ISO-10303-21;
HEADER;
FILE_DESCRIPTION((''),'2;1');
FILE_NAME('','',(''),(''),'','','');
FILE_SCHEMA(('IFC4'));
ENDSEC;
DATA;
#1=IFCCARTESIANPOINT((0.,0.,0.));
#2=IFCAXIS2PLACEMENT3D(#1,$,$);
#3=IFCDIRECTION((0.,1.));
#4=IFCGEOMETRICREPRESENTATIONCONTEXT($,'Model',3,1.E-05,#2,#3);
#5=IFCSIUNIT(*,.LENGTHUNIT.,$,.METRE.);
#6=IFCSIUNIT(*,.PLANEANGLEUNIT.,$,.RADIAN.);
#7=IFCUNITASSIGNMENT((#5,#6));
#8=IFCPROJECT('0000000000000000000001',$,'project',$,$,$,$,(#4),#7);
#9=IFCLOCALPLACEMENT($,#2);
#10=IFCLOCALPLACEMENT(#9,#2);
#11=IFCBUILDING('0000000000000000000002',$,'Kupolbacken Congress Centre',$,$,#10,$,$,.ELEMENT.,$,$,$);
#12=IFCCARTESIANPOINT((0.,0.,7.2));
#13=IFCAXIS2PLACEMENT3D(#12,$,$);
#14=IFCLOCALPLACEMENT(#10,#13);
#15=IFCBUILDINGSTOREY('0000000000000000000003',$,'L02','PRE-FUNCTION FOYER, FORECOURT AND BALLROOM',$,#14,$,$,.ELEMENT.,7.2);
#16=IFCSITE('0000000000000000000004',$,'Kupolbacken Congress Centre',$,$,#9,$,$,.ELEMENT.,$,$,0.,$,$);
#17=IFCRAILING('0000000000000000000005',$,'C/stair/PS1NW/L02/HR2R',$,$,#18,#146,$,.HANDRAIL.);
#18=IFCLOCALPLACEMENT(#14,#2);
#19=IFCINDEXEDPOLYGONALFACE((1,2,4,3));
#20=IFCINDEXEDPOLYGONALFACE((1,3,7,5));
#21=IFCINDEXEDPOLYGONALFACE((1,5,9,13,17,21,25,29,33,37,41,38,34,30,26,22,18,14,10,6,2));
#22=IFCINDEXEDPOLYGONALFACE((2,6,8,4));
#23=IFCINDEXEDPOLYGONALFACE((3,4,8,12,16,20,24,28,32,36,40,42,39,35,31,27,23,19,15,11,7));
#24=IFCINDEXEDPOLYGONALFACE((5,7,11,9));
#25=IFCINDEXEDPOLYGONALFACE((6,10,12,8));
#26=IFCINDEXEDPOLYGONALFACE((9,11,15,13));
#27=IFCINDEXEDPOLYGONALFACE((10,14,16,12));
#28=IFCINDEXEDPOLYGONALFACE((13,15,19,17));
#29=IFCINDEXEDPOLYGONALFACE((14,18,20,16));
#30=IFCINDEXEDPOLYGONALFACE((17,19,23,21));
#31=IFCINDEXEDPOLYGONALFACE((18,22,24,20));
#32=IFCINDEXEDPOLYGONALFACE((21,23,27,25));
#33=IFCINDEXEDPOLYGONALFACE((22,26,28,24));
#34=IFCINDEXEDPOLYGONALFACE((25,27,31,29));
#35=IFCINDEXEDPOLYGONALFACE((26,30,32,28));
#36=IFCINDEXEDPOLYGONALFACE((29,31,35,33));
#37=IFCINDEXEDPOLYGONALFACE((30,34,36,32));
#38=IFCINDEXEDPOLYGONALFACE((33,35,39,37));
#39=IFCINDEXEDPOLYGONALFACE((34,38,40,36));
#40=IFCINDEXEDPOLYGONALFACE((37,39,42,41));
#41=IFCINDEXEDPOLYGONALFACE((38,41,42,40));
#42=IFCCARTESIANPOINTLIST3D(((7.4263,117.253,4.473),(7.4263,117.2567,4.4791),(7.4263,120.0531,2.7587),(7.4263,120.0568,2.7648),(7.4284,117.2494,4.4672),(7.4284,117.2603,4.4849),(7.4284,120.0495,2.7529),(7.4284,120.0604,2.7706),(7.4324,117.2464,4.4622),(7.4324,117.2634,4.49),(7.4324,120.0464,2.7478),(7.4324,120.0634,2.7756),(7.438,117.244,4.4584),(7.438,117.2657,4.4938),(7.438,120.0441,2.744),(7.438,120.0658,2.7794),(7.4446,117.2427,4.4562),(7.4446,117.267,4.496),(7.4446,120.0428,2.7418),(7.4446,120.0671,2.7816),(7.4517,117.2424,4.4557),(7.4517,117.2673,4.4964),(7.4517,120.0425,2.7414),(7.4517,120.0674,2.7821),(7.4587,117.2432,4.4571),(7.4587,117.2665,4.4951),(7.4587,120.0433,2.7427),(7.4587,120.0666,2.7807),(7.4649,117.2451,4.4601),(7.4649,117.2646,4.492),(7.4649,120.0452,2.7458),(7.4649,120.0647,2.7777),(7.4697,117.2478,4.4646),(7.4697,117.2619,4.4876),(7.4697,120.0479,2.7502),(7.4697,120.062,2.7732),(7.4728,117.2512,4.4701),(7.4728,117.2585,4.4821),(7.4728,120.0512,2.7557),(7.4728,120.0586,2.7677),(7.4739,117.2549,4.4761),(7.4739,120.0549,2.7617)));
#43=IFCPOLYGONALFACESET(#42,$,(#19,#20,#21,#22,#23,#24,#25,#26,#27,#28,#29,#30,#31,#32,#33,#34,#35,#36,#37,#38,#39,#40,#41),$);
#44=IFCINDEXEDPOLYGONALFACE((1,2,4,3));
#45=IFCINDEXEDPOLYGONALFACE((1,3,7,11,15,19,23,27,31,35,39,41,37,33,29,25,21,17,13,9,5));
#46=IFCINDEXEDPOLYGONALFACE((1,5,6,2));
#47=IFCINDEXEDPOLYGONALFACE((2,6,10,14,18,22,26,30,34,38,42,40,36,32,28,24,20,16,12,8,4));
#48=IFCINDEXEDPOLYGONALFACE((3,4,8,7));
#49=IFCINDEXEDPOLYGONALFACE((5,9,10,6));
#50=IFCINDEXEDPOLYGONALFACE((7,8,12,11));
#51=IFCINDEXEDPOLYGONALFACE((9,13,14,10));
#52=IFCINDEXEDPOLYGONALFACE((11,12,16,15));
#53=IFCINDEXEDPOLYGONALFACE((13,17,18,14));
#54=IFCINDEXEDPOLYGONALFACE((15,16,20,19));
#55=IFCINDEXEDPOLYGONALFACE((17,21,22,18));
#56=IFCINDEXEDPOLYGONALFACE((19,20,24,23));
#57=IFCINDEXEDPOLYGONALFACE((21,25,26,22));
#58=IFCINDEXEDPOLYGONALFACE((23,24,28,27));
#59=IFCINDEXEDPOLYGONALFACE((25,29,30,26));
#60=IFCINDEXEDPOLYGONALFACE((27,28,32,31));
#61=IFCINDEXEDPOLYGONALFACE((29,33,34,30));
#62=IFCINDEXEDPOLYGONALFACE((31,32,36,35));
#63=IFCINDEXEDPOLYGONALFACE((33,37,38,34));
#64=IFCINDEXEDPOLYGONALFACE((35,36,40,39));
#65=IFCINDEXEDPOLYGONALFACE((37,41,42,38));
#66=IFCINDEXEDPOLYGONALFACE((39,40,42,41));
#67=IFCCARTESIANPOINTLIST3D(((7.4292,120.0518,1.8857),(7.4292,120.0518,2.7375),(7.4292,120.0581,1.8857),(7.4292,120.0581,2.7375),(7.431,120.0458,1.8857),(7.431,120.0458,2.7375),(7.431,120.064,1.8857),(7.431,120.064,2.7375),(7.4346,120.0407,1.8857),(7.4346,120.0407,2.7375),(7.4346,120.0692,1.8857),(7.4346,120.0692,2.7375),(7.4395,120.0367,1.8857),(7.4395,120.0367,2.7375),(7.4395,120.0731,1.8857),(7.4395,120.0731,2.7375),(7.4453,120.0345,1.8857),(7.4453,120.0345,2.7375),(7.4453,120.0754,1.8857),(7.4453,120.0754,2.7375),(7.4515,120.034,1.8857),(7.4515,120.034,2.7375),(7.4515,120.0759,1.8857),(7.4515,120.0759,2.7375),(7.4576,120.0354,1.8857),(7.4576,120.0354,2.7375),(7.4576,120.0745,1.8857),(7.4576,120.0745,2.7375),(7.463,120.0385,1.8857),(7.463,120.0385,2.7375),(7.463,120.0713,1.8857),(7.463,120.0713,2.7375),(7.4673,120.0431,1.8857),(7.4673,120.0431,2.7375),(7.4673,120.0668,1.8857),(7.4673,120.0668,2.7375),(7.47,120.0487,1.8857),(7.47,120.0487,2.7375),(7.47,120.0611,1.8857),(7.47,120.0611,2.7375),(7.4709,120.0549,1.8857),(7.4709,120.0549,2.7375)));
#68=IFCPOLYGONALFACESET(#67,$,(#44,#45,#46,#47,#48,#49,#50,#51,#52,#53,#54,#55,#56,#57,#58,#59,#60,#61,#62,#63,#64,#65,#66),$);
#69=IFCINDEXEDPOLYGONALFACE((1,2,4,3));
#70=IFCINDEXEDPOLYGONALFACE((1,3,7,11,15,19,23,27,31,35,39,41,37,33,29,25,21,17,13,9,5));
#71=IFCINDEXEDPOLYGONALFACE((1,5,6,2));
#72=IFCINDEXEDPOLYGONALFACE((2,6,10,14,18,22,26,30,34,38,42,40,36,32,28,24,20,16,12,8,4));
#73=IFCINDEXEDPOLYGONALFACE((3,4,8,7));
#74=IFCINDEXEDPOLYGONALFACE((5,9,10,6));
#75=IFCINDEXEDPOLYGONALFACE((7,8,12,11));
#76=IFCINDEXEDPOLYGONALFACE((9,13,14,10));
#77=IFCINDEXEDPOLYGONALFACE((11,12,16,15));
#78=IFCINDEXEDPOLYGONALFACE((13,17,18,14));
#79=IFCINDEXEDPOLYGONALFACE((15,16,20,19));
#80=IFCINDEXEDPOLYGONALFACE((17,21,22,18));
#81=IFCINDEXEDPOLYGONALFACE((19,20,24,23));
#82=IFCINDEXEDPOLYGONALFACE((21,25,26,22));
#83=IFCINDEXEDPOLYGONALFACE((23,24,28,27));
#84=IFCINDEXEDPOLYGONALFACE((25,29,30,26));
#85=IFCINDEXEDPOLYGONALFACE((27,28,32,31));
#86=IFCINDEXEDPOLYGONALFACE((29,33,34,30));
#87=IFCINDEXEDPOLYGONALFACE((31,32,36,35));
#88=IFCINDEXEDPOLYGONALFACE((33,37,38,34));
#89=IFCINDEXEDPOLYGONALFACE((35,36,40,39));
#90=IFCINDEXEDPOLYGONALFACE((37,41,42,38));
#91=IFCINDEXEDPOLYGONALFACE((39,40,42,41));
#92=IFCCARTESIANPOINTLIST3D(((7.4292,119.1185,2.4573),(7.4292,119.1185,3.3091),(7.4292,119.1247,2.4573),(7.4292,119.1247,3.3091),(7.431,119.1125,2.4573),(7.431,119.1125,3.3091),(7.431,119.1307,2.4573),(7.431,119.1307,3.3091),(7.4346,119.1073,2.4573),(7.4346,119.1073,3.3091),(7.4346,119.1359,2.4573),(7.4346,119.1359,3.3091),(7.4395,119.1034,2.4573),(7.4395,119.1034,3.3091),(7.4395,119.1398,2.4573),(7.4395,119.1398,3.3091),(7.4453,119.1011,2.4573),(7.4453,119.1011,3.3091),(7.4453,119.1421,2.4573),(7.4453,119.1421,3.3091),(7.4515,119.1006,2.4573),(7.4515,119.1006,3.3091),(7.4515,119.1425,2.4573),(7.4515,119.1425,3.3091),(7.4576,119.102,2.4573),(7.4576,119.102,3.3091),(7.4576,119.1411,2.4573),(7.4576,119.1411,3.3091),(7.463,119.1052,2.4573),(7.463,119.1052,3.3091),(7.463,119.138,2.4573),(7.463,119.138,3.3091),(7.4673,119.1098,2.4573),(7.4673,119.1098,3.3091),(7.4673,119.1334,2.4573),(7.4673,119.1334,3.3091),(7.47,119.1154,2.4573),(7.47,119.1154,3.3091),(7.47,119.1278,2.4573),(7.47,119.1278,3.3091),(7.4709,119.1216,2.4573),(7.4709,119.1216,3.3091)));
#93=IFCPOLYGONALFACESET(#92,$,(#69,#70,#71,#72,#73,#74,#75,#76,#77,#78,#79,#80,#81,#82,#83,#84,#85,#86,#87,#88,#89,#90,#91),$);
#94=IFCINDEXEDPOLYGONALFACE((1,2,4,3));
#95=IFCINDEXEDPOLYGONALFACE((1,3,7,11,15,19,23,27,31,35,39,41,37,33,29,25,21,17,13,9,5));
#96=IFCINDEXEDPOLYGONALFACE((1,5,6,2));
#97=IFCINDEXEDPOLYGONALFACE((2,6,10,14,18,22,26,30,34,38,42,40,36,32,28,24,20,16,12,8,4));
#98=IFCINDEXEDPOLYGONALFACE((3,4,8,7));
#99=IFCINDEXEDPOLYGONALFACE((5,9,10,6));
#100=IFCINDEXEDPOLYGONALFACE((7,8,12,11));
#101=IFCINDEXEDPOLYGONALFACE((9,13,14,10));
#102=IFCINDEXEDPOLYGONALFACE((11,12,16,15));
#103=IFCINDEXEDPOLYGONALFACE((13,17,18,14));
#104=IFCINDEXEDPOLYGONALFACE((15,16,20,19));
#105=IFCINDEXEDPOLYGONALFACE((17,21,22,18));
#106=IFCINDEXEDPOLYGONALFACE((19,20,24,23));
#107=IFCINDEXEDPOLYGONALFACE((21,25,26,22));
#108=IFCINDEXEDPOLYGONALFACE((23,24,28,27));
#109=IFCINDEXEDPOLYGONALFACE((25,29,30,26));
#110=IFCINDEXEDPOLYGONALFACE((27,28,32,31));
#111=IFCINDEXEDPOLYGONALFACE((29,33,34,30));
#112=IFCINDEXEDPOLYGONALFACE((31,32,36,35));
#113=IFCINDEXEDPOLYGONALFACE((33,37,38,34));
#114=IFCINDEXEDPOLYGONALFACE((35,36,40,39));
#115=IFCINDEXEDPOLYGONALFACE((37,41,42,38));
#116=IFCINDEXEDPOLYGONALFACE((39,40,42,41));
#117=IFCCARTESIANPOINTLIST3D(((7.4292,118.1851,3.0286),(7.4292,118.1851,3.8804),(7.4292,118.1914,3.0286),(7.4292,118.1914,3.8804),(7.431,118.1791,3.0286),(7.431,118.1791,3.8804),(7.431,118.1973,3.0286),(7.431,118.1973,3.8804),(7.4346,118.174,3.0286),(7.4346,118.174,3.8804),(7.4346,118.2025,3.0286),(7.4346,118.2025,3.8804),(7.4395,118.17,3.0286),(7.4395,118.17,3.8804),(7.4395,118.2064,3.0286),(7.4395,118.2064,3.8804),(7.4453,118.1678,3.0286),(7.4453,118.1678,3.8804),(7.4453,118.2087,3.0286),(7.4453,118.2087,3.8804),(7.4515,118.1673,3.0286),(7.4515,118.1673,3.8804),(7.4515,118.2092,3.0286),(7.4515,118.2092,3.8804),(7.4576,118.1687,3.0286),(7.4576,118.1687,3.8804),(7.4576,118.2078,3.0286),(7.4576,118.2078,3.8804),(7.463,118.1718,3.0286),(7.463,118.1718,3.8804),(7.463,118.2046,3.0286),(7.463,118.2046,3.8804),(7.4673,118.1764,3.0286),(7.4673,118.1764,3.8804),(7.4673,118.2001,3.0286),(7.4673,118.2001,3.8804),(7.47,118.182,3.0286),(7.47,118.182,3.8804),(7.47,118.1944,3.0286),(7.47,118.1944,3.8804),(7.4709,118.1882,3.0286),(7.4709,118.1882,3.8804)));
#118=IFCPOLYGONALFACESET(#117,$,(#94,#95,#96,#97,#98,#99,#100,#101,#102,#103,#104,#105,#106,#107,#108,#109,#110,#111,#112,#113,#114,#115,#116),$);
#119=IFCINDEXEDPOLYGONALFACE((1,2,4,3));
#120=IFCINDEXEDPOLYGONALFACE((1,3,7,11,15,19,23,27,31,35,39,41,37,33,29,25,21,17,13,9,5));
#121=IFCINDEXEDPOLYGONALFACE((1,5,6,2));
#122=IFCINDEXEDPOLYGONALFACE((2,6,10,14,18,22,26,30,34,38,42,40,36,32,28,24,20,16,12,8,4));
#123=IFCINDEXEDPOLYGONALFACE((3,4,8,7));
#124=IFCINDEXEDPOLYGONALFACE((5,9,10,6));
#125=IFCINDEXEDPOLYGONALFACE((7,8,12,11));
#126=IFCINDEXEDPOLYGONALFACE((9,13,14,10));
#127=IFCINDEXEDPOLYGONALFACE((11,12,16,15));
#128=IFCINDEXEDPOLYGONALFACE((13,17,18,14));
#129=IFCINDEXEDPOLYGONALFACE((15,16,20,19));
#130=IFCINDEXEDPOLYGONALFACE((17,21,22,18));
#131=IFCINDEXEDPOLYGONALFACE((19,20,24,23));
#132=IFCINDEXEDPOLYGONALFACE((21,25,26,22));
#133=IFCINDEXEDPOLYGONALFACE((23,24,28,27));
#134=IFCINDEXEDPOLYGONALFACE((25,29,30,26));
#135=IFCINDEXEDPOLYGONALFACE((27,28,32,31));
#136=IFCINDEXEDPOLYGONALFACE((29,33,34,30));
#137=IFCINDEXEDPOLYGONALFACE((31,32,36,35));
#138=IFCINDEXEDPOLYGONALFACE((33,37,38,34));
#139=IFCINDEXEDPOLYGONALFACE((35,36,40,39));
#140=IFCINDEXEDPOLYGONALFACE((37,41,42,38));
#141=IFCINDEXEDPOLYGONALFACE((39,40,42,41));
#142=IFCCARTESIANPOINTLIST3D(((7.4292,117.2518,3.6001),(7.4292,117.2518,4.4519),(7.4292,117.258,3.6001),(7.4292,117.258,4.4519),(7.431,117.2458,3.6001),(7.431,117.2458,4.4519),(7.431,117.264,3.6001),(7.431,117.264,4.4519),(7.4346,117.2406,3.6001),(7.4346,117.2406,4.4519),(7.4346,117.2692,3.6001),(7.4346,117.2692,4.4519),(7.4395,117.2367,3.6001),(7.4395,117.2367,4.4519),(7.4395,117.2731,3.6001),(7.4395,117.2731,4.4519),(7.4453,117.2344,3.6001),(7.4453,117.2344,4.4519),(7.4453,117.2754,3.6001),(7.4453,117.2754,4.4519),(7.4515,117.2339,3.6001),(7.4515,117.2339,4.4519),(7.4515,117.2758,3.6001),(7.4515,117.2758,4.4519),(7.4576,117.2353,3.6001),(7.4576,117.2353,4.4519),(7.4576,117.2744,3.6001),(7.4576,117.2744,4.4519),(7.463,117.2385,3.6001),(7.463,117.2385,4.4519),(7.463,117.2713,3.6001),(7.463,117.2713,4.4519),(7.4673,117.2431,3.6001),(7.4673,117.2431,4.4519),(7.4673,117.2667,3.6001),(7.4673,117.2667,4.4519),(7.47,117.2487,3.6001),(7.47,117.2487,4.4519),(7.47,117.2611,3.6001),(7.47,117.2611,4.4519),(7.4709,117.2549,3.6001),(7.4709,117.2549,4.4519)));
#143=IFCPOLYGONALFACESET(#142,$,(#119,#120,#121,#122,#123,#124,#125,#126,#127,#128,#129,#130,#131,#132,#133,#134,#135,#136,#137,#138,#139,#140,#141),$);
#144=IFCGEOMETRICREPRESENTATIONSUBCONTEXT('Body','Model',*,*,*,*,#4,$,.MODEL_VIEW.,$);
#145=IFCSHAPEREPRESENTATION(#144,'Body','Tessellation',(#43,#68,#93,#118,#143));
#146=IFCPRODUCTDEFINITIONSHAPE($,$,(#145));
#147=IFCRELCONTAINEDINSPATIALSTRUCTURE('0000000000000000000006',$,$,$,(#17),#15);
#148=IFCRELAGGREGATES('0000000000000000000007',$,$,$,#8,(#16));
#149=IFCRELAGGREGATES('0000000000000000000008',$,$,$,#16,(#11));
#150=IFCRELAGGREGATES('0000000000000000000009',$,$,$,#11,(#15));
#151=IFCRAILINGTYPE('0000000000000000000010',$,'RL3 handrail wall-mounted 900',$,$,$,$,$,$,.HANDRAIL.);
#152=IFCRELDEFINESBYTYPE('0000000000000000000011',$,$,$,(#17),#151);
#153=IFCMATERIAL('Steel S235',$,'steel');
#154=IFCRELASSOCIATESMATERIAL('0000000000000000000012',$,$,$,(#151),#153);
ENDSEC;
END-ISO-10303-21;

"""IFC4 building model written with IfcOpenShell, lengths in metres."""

from ifc_helpers import new_model, si_unit, direction, frame, origin, origin_2d, place, context, subcontext, project, spatial, circle, extrude, material, type_object, element, save


model = new_model("IFC4")

# Units and contexts
model_context = context("Model", 3, precision=1e-05, world=origin(), true_north=direction((0.0, 1.0)))
body_context = subcontext(model_context, "Body", "Model", "MODEL_VIEW")
ifc_project = project(units=[si_unit("LENGTHUNIT", "METRE"), si_unit("PLANEANGLEUNIT", "RADIAN")], contexts=[model_context])

# Site, building, storey
site_placement = place(None, origin())
site = spatial("IfcSite", under=ifc_project, at=site_placement, Name="Kupolbacken Congress Centre", CompositionType="ELEMENT", RefElevation=0.0)
building_placement = place(site_placement, origin())
building = spatial("IfcBuilding", under=site, at=building_placement, Name="Kupolbacken Congress Centre", CompositionType="ELEMENT")
storey_placement = place(building_placement, frame((0.0, 0.0, 7.2)))
storey = spatial("IfcBuildingStorey", under=building, at=storey_placement, Name="L02", Description="PRE-FUNCTION FOYER, FORECOURT AND BALLROOM", CompositionType="ELEMENT", Elevation=7.2)

# Railing
ifc_material_1 = material(Name="Steel S235", Category="steel")
railing_type = type_object("IfcRailingType", Name="RL3 handrail wall-mounted 900", PredefinedType="HANDRAIL", material=ifc_material_1)
for number, where, name in (
    (1, (7.45, 120.0549, 1.8857), "C/stair/PS1NW/L02/HR2R"),
):
    element("IfcRailing", number, at=place(storey_placement, frame(where)), inside=storey, type_object=railing_type, Name=name, PredefinedType="HANDRAIL", context=body_context, shape_type="SweptSolid", body=[
        extrude(circle(Radius=0.0239, at=origin_2d()), frame((0.0, 0.0, 0.876), z_axis=(0.0, -0.852846, 0.522163), x_axis=(1.0, 0.0, 0.0)), (0.0, 0.0, 1.0), 3.2832),
        extrude(circle(Radius=0.021, at=origin_2d()), origin(), (0.0, 0.0, 1.0), 0.8518),
        extrude(circle(Radius=0.021, at=origin_2d()), frame((0.0, -0.9333, 0.5715)), (0.0, 0.0, 1.0), 0.8518),
        extrude(circle(Radius=0.021, at=origin_2d()), frame((0.0, -1.8667, 1.1428)), (0.0, 0.0, 1.0), 0.8518),
        extrude(circle(Radius=0.021, at=origin_2d()), frame((0.0, -2.8, 1.7144)), (0.0, 0.0, 1.0), 0.8518),
    ])

save(model, "model.ifc")
